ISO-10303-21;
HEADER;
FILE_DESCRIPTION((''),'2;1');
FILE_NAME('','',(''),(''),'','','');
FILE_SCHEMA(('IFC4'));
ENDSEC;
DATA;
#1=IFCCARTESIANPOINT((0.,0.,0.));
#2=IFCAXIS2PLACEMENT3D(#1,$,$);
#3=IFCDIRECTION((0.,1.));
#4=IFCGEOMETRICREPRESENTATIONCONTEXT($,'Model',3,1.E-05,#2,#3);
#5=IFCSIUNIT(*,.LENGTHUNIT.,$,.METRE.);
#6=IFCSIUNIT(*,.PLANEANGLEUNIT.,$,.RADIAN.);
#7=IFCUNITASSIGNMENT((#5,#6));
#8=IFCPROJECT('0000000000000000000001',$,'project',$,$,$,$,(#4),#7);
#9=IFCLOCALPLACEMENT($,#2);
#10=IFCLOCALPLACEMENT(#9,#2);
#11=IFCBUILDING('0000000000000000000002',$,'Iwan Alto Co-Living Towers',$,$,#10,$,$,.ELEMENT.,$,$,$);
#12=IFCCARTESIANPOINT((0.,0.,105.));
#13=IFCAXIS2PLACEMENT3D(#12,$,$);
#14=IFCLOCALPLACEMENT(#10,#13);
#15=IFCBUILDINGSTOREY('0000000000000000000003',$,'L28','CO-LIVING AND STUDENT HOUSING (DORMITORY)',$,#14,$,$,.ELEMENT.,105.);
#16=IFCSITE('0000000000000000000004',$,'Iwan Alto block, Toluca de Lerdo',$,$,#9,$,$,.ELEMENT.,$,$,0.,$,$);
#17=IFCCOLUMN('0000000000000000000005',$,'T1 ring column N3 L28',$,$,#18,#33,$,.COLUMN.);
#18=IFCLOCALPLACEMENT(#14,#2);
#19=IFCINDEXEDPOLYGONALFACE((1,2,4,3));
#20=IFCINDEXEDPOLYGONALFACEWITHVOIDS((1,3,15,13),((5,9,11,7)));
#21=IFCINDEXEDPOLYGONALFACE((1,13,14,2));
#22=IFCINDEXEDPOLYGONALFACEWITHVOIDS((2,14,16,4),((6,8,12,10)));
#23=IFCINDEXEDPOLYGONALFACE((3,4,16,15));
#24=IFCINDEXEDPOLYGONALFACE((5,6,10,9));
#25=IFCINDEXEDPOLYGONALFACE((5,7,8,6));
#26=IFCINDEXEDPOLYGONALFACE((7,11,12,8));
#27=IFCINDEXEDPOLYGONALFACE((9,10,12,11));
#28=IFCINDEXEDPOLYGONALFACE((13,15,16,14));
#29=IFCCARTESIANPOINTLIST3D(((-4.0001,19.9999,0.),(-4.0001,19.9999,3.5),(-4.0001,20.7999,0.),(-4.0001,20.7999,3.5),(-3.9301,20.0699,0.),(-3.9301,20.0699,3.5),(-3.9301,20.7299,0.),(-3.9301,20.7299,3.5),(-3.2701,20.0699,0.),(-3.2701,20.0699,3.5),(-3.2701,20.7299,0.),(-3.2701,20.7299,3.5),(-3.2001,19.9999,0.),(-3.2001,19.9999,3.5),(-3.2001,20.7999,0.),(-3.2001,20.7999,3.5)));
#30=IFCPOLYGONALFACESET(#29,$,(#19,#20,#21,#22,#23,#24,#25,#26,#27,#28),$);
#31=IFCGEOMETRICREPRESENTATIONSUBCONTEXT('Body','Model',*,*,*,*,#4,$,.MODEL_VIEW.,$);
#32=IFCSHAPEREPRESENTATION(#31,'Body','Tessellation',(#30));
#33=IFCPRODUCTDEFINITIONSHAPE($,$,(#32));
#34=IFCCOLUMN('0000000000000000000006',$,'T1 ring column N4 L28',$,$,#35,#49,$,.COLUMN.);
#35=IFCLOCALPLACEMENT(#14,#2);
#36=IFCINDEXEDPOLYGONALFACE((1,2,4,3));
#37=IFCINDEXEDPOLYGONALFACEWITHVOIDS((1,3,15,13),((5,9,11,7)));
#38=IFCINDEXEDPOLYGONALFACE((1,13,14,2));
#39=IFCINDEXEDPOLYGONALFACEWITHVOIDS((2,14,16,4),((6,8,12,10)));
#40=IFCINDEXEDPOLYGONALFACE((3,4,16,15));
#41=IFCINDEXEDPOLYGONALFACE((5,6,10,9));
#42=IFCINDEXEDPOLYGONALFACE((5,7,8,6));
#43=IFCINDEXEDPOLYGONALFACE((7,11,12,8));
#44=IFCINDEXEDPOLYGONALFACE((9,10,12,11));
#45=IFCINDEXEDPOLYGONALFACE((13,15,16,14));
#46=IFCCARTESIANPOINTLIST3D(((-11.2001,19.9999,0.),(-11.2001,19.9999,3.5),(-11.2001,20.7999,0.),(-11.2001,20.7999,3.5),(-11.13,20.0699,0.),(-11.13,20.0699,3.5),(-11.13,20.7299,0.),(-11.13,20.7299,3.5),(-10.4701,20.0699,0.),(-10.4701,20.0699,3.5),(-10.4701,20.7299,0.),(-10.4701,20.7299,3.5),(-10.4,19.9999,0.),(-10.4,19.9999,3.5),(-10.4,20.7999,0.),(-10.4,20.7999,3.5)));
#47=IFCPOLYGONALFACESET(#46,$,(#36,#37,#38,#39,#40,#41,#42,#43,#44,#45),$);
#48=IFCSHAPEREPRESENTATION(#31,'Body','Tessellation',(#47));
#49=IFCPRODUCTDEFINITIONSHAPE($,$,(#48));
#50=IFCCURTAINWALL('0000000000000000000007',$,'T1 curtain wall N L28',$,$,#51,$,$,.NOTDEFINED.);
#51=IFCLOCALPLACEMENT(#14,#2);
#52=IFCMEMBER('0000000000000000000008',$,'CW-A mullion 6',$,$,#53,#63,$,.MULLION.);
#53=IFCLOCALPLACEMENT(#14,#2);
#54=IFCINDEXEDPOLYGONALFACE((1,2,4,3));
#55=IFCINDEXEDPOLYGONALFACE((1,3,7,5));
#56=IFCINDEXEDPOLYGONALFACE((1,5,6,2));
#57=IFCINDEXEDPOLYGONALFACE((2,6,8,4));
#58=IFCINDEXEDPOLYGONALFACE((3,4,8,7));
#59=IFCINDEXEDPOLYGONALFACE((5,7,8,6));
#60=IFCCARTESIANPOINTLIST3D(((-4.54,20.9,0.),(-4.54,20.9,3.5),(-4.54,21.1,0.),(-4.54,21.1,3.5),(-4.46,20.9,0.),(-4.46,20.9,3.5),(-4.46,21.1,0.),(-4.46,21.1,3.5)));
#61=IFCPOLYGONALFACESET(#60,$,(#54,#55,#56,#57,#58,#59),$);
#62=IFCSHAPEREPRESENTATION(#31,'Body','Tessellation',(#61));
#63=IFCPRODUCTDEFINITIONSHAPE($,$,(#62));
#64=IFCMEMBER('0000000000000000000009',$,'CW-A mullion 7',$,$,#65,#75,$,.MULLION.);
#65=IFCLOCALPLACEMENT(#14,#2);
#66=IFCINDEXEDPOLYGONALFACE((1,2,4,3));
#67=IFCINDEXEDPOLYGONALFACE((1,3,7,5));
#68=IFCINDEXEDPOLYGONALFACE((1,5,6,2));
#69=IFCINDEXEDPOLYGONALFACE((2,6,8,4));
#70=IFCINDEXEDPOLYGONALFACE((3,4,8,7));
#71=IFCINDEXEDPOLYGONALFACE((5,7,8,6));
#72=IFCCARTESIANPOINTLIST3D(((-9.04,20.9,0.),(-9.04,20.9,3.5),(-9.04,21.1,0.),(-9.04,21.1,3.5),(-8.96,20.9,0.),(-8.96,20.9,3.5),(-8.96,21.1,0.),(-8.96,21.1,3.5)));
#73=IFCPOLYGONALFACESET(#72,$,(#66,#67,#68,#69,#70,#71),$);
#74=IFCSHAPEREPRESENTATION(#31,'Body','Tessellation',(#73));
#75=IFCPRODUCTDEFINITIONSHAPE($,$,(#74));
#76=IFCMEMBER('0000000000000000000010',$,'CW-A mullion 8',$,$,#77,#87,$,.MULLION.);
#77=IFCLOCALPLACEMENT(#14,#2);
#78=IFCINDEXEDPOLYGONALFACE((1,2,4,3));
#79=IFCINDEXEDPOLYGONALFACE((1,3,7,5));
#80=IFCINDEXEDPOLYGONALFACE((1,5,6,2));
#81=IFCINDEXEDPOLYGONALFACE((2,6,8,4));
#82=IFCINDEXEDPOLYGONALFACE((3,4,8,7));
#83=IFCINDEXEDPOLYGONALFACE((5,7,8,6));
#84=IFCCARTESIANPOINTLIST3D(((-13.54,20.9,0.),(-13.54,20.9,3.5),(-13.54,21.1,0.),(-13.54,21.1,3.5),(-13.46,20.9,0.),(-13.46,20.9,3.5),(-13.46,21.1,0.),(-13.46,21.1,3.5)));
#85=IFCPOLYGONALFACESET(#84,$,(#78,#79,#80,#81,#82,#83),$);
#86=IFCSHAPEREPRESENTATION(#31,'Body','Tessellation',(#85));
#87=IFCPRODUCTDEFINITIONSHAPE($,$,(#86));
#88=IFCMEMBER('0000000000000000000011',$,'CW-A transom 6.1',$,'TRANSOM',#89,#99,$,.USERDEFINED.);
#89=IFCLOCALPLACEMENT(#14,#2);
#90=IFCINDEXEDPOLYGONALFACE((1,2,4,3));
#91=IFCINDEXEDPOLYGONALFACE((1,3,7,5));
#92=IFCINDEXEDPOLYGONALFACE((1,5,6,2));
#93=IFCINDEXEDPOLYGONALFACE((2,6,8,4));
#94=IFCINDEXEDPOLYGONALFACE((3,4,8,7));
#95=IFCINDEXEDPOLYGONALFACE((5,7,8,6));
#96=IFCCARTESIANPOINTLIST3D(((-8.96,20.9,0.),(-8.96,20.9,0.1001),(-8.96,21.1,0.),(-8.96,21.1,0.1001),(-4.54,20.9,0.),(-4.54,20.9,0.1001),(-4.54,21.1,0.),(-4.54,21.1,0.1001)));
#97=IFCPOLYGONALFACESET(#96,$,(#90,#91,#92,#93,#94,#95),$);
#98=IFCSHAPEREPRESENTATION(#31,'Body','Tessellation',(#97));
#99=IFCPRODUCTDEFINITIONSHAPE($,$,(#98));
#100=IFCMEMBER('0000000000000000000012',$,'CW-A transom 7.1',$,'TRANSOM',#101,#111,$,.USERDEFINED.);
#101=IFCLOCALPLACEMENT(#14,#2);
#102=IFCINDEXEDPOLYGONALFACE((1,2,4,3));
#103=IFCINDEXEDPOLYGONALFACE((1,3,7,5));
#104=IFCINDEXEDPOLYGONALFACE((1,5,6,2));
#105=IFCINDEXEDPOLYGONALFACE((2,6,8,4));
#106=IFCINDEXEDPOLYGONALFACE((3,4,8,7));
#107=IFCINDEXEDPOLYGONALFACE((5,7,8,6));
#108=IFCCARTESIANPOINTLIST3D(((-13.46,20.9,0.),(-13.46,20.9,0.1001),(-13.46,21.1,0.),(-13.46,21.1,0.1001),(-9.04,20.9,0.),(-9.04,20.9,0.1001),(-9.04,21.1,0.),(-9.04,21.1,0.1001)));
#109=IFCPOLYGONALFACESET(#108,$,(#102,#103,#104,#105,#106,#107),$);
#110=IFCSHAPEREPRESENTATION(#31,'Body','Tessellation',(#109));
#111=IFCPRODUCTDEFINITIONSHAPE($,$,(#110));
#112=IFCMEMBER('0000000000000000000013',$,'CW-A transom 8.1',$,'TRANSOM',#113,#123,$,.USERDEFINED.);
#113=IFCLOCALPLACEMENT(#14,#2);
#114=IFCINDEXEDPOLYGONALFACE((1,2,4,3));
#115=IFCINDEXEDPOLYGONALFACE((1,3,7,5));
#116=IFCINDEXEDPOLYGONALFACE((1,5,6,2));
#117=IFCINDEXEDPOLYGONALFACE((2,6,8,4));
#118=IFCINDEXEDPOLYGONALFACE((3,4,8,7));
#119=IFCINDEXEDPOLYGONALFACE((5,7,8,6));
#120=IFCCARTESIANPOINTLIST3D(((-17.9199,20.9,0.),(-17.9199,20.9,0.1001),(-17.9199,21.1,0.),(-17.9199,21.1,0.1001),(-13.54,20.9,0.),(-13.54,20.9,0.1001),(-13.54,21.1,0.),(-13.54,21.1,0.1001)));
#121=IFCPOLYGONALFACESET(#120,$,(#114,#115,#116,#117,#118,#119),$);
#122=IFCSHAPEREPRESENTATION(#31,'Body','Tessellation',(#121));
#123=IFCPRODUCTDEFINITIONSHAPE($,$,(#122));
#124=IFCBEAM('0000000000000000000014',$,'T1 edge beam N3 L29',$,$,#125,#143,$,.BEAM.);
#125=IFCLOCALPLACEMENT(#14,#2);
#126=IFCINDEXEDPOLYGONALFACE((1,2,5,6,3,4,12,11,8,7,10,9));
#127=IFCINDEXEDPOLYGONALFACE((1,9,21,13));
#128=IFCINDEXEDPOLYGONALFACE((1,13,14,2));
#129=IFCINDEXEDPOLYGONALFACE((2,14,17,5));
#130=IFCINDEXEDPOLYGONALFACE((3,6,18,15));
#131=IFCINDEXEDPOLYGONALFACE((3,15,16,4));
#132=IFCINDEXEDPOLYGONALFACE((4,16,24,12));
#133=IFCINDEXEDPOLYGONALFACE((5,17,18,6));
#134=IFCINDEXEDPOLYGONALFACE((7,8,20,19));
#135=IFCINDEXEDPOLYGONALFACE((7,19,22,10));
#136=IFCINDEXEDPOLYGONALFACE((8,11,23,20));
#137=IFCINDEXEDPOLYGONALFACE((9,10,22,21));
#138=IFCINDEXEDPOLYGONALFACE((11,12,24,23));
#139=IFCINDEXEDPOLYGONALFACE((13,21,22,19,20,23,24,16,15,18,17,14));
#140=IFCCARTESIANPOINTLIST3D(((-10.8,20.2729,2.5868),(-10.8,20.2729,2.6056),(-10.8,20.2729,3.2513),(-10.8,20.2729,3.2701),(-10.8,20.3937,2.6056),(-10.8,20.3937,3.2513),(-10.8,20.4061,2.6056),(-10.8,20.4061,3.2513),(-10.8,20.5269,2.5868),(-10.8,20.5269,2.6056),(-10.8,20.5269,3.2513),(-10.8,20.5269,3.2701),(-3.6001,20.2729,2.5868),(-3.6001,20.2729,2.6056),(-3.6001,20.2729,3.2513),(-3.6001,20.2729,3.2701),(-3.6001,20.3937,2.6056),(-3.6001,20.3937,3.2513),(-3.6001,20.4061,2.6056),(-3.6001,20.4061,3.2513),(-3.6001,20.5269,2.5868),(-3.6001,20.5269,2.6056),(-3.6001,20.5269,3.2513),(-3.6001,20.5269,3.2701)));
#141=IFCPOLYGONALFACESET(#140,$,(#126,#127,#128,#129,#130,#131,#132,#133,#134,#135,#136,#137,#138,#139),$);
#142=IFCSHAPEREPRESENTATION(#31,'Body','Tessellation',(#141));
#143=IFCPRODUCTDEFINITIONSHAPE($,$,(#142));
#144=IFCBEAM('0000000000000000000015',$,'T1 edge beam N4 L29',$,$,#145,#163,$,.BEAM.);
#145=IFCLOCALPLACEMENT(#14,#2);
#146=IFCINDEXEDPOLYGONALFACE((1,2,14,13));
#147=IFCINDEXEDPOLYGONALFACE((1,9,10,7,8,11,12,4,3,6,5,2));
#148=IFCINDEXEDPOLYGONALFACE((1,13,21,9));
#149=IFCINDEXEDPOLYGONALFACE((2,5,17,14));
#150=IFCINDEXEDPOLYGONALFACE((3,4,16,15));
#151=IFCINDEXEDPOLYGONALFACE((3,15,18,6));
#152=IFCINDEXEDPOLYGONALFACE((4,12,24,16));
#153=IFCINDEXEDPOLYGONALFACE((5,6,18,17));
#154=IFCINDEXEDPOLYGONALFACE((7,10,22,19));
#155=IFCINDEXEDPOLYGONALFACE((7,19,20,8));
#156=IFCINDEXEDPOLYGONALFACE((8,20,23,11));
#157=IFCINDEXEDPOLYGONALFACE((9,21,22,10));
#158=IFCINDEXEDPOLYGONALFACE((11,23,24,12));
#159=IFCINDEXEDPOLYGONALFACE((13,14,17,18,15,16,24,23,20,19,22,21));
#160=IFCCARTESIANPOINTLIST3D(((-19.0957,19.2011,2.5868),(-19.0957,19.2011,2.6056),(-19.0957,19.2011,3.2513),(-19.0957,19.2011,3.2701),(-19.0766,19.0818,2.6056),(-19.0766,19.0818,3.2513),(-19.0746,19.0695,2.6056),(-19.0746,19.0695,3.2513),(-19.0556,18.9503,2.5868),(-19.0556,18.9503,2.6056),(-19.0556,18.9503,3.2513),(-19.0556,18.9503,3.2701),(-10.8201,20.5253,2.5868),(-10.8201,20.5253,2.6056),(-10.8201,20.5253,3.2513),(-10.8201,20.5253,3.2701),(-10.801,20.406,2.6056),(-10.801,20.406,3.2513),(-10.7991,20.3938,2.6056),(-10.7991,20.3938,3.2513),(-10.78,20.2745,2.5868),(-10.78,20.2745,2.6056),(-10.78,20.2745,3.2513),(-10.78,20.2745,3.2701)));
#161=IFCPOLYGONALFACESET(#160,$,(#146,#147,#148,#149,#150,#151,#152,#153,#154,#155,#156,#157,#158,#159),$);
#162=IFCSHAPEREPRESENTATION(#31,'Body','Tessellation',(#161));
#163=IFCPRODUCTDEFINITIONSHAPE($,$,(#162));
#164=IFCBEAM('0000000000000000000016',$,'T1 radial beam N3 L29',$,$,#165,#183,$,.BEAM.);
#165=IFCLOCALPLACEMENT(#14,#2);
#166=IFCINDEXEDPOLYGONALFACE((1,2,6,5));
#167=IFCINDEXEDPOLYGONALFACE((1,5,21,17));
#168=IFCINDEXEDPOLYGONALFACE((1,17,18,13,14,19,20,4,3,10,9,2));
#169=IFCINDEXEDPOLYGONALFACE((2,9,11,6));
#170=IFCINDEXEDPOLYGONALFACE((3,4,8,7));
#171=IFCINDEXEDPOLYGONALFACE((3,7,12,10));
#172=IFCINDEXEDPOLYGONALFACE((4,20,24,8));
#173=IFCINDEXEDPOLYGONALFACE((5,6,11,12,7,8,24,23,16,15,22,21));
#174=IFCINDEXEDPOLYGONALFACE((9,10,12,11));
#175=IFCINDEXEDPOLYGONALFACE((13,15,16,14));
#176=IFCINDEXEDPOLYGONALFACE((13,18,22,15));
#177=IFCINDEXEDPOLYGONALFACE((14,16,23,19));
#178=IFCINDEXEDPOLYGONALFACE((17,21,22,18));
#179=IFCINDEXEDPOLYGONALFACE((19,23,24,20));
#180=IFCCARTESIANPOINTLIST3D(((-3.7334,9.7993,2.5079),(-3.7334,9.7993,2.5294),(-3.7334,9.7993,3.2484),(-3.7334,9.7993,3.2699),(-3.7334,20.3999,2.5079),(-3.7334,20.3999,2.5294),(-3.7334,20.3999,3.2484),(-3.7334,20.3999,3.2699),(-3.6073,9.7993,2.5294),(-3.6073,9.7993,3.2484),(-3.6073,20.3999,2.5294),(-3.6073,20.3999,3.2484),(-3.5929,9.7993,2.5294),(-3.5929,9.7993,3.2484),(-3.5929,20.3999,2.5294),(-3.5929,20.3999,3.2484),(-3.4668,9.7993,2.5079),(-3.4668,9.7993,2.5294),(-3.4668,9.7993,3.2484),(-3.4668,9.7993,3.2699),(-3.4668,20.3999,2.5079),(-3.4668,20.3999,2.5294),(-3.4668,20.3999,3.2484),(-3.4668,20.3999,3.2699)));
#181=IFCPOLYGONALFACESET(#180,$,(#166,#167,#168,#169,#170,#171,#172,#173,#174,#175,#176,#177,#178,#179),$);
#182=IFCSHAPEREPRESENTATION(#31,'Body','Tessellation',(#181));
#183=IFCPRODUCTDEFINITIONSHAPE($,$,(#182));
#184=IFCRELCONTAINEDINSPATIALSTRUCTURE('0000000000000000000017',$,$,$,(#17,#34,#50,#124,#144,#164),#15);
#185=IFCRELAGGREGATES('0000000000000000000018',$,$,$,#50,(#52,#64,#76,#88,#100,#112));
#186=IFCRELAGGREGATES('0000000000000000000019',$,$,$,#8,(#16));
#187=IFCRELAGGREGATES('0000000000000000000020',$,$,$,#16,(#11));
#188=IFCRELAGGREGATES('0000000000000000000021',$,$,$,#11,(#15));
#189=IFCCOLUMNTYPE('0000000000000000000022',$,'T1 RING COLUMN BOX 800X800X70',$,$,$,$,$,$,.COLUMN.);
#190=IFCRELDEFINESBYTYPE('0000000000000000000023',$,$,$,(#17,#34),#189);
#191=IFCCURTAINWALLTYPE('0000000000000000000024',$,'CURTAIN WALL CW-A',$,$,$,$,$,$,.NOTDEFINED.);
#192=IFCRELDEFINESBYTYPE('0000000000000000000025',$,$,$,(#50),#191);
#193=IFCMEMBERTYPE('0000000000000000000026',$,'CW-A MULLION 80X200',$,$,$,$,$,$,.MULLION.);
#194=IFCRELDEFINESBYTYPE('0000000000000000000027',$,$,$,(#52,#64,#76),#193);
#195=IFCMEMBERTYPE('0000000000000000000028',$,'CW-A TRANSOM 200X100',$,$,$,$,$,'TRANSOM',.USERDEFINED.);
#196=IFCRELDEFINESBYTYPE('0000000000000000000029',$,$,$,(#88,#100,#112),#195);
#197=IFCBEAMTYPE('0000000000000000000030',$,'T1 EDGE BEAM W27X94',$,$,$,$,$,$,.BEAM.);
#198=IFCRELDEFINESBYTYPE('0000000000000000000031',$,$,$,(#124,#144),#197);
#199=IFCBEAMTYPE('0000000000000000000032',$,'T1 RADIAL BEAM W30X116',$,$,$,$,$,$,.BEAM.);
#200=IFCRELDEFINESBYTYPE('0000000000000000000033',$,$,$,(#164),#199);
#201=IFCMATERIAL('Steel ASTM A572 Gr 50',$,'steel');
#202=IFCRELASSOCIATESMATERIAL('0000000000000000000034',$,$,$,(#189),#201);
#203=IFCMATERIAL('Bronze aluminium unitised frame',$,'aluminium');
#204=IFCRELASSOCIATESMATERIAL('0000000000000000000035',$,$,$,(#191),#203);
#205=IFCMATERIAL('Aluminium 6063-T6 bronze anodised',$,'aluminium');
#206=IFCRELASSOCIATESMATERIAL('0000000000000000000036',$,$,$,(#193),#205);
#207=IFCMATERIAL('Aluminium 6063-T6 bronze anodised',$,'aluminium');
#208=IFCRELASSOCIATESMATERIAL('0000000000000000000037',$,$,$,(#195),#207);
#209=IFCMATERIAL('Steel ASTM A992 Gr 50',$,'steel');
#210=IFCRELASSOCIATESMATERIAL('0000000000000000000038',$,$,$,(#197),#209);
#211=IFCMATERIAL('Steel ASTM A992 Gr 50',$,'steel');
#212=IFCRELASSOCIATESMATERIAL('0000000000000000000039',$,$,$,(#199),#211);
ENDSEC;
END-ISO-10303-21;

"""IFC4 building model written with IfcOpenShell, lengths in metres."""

from ifc_helpers import new_model, si_unit, direction, frame, origin, origin_2d, place, context, subcontext, project, spatial, rectangle, hollow_rectangle, i_section, extrude, material, material_profile, profile_set, type_object, element, aggregate, save


model = new_model("IFC4")

# Units and contexts
model_context = context("Model", 3, precision=1e-05, world=origin(), true_north=direction((0.0, 1.0)))
body_context = subcontext(model_context, "Body", "Model", "MODEL_VIEW")
ifc_project = project(units=[si_unit("LENGTHUNIT", "METRE"), si_unit("PLANEANGLEUNIT", "RADIAN")], contexts=[model_context])

# Site, building, storey
site_placement = place(None, origin())
site = spatial("IfcSite", under=ifc_project, at=site_placement, Name="Iwan Alto block, Toluca de Lerdo", CompositionType="ELEMENT", RefElevation=0.0)
building_placement = place(site_placement, origin())
building = spatial("IfcBuilding", under=site, at=building_placement, Name="Iwan Alto Co-Living Towers", CompositionType="ELEMENT")
storey_placement = place(building_placement, frame((0.0, 0.0, 105.0)))
storey = spatial("IfcBuildingStorey", under=building, at=storey_placement, Name="L28", Description="CO-LIVING AND STUDENT HOUSING (DORMITORY)", CompositionType="ELEMENT", Elevation=105.0)

# Columns
ifc_material_1 = material(Name="Steel ASTM A572 Gr 50", Category="steel")
ifc_material_profile_1 = material_profile(ifc_material_1, hollow_rectangle(XDim=0.8, YDim=0.8, WallThickness=0.0701, at=origin_2d()), Name="BOX 800X800X70")
ifc_profile_set_1 = profile_set([ifc_material_profile_1], Name="Steel ASTM A572 Gr 50")
column_type = type_object("IfcColumnType", Name="T1 RING COLUMN BOX 800X800X70", PredefinedType="COLUMN", material=ifc_profile_set_1)
for number, where, z_axis, x_axis, name in (
    (1, (-3.6001, 20.3999, 0.0), (0.0, 0.0, 1.0), (1.0, 0.0, 0.0), "T1 ring column N3 L28"),
    (2, (-10.8, 20.3999, 0.0), (0.0, 0.0, 1.0), (1.0, 0.0, 0.0), "T1 ring column N4 L28"),
):
    element("IfcColumn", number, at=place(storey_placement, frame(where, z_axis=z_axis, x_axis=x_axis)), inside=storey, type_object=column_type, Name=name, PredefinedType="COLUMN", context=body_context, shape_type="SweptSolid", body=[
        extrude(hollow_rectangle(XDim=0.8, YDim=0.8, WallThickness=0.0701, at=origin_2d()), origin(), (0.0, 0.0, 1.0), 3.5),
    ])

# Curtain wall, members
ifc_material_2 = material(Name="Bronze aluminium unitised frame", Category="aluminium")
curtain_wall_type = type_object("IfcCurtainWallType", Name="CURTAIN WALL CW-A", PredefinedType="NOTDEFINED", material=ifc_material_2)
curtain_wall_placement = place(storey_placement, origin())
curtain_wall = element("IfcCurtainWall", 3, at=curtain_wall_placement, inside=storey, type_object=curtain_wall_type, Name="T1 curtain wall N L28", PredefinedType="NOTDEFINED")
ifc_material_3 = material(Name="Aluminium 6063-T6 bronze anodised", Category="aluminium")
ifc_material_profile_2 = material_profile(ifc_material_3, rectangle(XDim=0.2, YDim=0.0801, at=origin_2d()), Name="AL 80X200")
ifc_profile_set_2 = profile_set([ifc_material_profile_2], Name="Aluminium 6063-T6 bronze anodised")
member_type_1 = type_object("IfcMemberType", Name="CW-A MULLION 80X200", PredefinedType="MULLION", material=ifc_profile_set_2)
member_1_placement = place(storey_placement, frame((-4.5, 21.0, 0.0), z_axis=(0.0, 0.0, 1.0), x_axis=(0.0, -1.0, 0.0)))
member_1 = element("IfcMember", 4, at=member_1_placement, type_object=member_type_1, Name="CW-A mullion 6", PredefinedType="MULLION", context=body_context, shape_type="SweptSolid", body=[
    extrude(rectangle(XDim=0.2, YDim=0.0801, at=origin_2d()), origin(), (0.0, 0.0, 1.0), 3.5),
])
member_2_placement = place(storey_placement, frame((-9.0, 21.0, 0.0), z_axis=(0.0, 0.0, 1.0), x_axis=(0.0, -1.0, 0.0)))
member_2 = element("IfcMember", 5, at=member_2_placement, type_object=member_type_1, Name="CW-A mullion 7", PredefinedType="MULLION", context=body_context, shape_type="SweptSolid", body=[
    extrude(rectangle(XDim=0.2, YDim=0.0801, at=origin_2d()), origin(), (0.0, 0.0, 1.0), 3.5),
])
member_3_placement = place(storey_placement, frame((-13.5, 21.0, 0.0), z_axis=(0.0, 0.0, 1.0), x_axis=(0.0, -1.0, 0.0)))
member_3 = element("IfcMember", 6, at=member_3_placement, type_object=member_type_1, Name="CW-A mullion 8", PredefinedType="MULLION", context=body_context, shape_type="SweptSolid", body=[
    extrude(rectangle(XDim=0.2, YDim=0.0801, at=origin_2d()), origin(), (0.0, 0.0, 1.0), 3.5),
])
ifc_material_4 = material(Name="Aluminium 6063-T6 bronze anodised", Category="aluminium")
ifc_material_profile_3 = material_profile(ifc_material_4, rectangle(XDim=0.2, YDim=0.1001, at=origin_2d()), Name="AL 200X100")
ifc_profile_set_3 = profile_set([ifc_material_profile_3], Name="Aluminium 6063-T6 bronze anodised")
member_type_2 = type_object("IfcMemberType", Name="CW-A TRANSOM 200X100", ElementType="TRANSOM", PredefinedType="USERDEFINED", material=ifc_profile_set_3)
member_4_placement = place(storey_placement, frame((-4.54, 21.0, 0.05), z_axis=(-1.0, 0.0, 0.0), x_axis=(0.0, -1.0, 0.0)))
member_4 = element("IfcMember", 7, at=member_4_placement, type_object=member_type_2, Name="CW-A transom 6.1", ObjectType="TRANSOM", PredefinedType="USERDEFINED", context=body_context, shape_type="SweptSolid", body=[
    extrude(rectangle(XDim=0.2, YDim=0.1001, at=origin_2d()), origin(), (0.0, 0.0, 1.0), 4.4199),
])
member_5_placement = place(storey_placement, frame((-9.04, 21.0, 0.05), z_axis=(-1.0, 0.0, 0.0), x_axis=(0.0, -1.0, 0.0)))
member_5 = element("IfcMember", 8, at=member_5_placement, type_object=member_type_2, Name="CW-A transom 7.1", ObjectType="TRANSOM", PredefinedType="USERDEFINED", context=body_context, shape_type="SweptSolid", body=[
    extrude(rectangle(XDim=0.2, YDim=0.1001, at=origin_2d()), origin(), (0.0, 0.0, 1.0), 4.4199),
])
member_6_placement = place(storey_placement, frame((-13.54, 21.0, 0.05), z_axis=(-1.0, 0.0, 0.0), x_axis=(0.0, -1.0, 0.0)))
member_6 = element("IfcMember", 9, at=member_6_placement, type_object=member_type_2, Name="CW-A transom 8.1", ObjectType="TRANSOM", PredefinedType="USERDEFINED", context=body_context, shape_type="SweptSolid", body=[
    extrude(rectangle(XDim=0.2, YDim=0.1001, at=origin_2d()), origin(), (0.0, 0.0, 1.0), 4.3799),
])

# Beams
ifc_material_5 = material(Name="Steel ASTM A992 Gr 50", Category="steel")
ifc_material_profile_4 = material_profile(ifc_material_5, i_section(OverallWidth=0.2539, OverallDepth=0.6833, WebThickness=0.0125, FlangeThickness=0.0188, at=origin_2d()), Name="W27X94")
ifc_profile_set_4 = profile_set([ifc_material_profile_4], Name="Steel ASTM A992 Gr 50")
beam_type_1 = type_object("IfcBeamType", Name="T1 EDGE BEAM W27X94", PredefinedType="BEAM", material=ifc_profile_set_4)
beam_1_placement = place(storey_placement, frame((-3.6001, 20.3999, 2.9285), z_axis=(-1.0, 0.0, 0.0), x_axis=(0.0, -1.0, 0.0)))
element("IfcBeam", 10, at=beam_1_placement, inside=storey, type_object=beam_type_1, Name="T1 edge beam N3 L29", PredefinedType="BEAM", context=body_context, shape_type="SweptSolid", body=[
    extrude(i_section(OverallWidth=0.2539, OverallDepth=0.6833, WebThickness=0.0125, FlangeThickness=0.0188, at=origin_2d()), origin(), (0.0, 0.0, 1.0), 7.2),
])
beam_2_placement = place(storey_placement, frame((-10.8, 20.3999, 2.9285), z_axis=(-0.987438, -0.158004, 0.0), x_axis=(0.158004, -0.987438, 0.0)))
element("IfcBeam", 11, at=beam_2_placement, inside=storey, type_object=beam_type_1, Name="T1 edge beam N4 L29", PredefinedType="BEAM", context=body_context, shape_type="SweptSolid", body=[
    extrude(i_section(OverallWidth=0.2539, OverallDepth=0.6833, WebThickness=0.0125, FlangeThickness=0.0188, at=origin_2d()), origin(), (0.0, 0.0, 1.0), 8.3809),
])
ifc_material_6 = material(Name="Steel ASTM A992 Gr 50", Category="steel")
ifc_material_profile_5 = material_profile(ifc_material_6, i_section(OverallWidth=0.2666, OverallDepth=0.762, WebThickness=0.0144, FlangeThickness=0.0215, at=origin_2d()), Name="W30X116")
ifc_profile_set_5 = profile_set([ifc_material_profile_5], Name="Steel ASTM A992 Gr 50")
beam_type_2 = type_object("IfcBeamType", Name="T1 RADIAL BEAM W30X116", PredefinedType="BEAM", material=ifc_profile_set_5)
beam_3_placement = place(storey_placement, frame((-3.6001, 20.3999, 2.8889), z_axis=(0.0, -1.0, 0.0), x_axis=(1.0, 0.0, 0.0)))
element("IfcBeam", 12, at=beam_3_placement, inside=storey, type_object=beam_type_2, Name="T1 radial beam N3 L29", PredefinedType="BEAM", context=body_context, shape_type="SweptSolid", body=[
    extrude(i_section(OverallWidth=0.2666, OverallDepth=0.762, WebThickness=0.0144, FlangeThickness=0.0215, at=origin_2d()), origin(), (0.0, 0.0, 1.0), 10.6006),
])

aggregate(curtain_wall, [member_1, member_2, member_3, member_4, member_5, member_6])

save(model, "model.ifc")
